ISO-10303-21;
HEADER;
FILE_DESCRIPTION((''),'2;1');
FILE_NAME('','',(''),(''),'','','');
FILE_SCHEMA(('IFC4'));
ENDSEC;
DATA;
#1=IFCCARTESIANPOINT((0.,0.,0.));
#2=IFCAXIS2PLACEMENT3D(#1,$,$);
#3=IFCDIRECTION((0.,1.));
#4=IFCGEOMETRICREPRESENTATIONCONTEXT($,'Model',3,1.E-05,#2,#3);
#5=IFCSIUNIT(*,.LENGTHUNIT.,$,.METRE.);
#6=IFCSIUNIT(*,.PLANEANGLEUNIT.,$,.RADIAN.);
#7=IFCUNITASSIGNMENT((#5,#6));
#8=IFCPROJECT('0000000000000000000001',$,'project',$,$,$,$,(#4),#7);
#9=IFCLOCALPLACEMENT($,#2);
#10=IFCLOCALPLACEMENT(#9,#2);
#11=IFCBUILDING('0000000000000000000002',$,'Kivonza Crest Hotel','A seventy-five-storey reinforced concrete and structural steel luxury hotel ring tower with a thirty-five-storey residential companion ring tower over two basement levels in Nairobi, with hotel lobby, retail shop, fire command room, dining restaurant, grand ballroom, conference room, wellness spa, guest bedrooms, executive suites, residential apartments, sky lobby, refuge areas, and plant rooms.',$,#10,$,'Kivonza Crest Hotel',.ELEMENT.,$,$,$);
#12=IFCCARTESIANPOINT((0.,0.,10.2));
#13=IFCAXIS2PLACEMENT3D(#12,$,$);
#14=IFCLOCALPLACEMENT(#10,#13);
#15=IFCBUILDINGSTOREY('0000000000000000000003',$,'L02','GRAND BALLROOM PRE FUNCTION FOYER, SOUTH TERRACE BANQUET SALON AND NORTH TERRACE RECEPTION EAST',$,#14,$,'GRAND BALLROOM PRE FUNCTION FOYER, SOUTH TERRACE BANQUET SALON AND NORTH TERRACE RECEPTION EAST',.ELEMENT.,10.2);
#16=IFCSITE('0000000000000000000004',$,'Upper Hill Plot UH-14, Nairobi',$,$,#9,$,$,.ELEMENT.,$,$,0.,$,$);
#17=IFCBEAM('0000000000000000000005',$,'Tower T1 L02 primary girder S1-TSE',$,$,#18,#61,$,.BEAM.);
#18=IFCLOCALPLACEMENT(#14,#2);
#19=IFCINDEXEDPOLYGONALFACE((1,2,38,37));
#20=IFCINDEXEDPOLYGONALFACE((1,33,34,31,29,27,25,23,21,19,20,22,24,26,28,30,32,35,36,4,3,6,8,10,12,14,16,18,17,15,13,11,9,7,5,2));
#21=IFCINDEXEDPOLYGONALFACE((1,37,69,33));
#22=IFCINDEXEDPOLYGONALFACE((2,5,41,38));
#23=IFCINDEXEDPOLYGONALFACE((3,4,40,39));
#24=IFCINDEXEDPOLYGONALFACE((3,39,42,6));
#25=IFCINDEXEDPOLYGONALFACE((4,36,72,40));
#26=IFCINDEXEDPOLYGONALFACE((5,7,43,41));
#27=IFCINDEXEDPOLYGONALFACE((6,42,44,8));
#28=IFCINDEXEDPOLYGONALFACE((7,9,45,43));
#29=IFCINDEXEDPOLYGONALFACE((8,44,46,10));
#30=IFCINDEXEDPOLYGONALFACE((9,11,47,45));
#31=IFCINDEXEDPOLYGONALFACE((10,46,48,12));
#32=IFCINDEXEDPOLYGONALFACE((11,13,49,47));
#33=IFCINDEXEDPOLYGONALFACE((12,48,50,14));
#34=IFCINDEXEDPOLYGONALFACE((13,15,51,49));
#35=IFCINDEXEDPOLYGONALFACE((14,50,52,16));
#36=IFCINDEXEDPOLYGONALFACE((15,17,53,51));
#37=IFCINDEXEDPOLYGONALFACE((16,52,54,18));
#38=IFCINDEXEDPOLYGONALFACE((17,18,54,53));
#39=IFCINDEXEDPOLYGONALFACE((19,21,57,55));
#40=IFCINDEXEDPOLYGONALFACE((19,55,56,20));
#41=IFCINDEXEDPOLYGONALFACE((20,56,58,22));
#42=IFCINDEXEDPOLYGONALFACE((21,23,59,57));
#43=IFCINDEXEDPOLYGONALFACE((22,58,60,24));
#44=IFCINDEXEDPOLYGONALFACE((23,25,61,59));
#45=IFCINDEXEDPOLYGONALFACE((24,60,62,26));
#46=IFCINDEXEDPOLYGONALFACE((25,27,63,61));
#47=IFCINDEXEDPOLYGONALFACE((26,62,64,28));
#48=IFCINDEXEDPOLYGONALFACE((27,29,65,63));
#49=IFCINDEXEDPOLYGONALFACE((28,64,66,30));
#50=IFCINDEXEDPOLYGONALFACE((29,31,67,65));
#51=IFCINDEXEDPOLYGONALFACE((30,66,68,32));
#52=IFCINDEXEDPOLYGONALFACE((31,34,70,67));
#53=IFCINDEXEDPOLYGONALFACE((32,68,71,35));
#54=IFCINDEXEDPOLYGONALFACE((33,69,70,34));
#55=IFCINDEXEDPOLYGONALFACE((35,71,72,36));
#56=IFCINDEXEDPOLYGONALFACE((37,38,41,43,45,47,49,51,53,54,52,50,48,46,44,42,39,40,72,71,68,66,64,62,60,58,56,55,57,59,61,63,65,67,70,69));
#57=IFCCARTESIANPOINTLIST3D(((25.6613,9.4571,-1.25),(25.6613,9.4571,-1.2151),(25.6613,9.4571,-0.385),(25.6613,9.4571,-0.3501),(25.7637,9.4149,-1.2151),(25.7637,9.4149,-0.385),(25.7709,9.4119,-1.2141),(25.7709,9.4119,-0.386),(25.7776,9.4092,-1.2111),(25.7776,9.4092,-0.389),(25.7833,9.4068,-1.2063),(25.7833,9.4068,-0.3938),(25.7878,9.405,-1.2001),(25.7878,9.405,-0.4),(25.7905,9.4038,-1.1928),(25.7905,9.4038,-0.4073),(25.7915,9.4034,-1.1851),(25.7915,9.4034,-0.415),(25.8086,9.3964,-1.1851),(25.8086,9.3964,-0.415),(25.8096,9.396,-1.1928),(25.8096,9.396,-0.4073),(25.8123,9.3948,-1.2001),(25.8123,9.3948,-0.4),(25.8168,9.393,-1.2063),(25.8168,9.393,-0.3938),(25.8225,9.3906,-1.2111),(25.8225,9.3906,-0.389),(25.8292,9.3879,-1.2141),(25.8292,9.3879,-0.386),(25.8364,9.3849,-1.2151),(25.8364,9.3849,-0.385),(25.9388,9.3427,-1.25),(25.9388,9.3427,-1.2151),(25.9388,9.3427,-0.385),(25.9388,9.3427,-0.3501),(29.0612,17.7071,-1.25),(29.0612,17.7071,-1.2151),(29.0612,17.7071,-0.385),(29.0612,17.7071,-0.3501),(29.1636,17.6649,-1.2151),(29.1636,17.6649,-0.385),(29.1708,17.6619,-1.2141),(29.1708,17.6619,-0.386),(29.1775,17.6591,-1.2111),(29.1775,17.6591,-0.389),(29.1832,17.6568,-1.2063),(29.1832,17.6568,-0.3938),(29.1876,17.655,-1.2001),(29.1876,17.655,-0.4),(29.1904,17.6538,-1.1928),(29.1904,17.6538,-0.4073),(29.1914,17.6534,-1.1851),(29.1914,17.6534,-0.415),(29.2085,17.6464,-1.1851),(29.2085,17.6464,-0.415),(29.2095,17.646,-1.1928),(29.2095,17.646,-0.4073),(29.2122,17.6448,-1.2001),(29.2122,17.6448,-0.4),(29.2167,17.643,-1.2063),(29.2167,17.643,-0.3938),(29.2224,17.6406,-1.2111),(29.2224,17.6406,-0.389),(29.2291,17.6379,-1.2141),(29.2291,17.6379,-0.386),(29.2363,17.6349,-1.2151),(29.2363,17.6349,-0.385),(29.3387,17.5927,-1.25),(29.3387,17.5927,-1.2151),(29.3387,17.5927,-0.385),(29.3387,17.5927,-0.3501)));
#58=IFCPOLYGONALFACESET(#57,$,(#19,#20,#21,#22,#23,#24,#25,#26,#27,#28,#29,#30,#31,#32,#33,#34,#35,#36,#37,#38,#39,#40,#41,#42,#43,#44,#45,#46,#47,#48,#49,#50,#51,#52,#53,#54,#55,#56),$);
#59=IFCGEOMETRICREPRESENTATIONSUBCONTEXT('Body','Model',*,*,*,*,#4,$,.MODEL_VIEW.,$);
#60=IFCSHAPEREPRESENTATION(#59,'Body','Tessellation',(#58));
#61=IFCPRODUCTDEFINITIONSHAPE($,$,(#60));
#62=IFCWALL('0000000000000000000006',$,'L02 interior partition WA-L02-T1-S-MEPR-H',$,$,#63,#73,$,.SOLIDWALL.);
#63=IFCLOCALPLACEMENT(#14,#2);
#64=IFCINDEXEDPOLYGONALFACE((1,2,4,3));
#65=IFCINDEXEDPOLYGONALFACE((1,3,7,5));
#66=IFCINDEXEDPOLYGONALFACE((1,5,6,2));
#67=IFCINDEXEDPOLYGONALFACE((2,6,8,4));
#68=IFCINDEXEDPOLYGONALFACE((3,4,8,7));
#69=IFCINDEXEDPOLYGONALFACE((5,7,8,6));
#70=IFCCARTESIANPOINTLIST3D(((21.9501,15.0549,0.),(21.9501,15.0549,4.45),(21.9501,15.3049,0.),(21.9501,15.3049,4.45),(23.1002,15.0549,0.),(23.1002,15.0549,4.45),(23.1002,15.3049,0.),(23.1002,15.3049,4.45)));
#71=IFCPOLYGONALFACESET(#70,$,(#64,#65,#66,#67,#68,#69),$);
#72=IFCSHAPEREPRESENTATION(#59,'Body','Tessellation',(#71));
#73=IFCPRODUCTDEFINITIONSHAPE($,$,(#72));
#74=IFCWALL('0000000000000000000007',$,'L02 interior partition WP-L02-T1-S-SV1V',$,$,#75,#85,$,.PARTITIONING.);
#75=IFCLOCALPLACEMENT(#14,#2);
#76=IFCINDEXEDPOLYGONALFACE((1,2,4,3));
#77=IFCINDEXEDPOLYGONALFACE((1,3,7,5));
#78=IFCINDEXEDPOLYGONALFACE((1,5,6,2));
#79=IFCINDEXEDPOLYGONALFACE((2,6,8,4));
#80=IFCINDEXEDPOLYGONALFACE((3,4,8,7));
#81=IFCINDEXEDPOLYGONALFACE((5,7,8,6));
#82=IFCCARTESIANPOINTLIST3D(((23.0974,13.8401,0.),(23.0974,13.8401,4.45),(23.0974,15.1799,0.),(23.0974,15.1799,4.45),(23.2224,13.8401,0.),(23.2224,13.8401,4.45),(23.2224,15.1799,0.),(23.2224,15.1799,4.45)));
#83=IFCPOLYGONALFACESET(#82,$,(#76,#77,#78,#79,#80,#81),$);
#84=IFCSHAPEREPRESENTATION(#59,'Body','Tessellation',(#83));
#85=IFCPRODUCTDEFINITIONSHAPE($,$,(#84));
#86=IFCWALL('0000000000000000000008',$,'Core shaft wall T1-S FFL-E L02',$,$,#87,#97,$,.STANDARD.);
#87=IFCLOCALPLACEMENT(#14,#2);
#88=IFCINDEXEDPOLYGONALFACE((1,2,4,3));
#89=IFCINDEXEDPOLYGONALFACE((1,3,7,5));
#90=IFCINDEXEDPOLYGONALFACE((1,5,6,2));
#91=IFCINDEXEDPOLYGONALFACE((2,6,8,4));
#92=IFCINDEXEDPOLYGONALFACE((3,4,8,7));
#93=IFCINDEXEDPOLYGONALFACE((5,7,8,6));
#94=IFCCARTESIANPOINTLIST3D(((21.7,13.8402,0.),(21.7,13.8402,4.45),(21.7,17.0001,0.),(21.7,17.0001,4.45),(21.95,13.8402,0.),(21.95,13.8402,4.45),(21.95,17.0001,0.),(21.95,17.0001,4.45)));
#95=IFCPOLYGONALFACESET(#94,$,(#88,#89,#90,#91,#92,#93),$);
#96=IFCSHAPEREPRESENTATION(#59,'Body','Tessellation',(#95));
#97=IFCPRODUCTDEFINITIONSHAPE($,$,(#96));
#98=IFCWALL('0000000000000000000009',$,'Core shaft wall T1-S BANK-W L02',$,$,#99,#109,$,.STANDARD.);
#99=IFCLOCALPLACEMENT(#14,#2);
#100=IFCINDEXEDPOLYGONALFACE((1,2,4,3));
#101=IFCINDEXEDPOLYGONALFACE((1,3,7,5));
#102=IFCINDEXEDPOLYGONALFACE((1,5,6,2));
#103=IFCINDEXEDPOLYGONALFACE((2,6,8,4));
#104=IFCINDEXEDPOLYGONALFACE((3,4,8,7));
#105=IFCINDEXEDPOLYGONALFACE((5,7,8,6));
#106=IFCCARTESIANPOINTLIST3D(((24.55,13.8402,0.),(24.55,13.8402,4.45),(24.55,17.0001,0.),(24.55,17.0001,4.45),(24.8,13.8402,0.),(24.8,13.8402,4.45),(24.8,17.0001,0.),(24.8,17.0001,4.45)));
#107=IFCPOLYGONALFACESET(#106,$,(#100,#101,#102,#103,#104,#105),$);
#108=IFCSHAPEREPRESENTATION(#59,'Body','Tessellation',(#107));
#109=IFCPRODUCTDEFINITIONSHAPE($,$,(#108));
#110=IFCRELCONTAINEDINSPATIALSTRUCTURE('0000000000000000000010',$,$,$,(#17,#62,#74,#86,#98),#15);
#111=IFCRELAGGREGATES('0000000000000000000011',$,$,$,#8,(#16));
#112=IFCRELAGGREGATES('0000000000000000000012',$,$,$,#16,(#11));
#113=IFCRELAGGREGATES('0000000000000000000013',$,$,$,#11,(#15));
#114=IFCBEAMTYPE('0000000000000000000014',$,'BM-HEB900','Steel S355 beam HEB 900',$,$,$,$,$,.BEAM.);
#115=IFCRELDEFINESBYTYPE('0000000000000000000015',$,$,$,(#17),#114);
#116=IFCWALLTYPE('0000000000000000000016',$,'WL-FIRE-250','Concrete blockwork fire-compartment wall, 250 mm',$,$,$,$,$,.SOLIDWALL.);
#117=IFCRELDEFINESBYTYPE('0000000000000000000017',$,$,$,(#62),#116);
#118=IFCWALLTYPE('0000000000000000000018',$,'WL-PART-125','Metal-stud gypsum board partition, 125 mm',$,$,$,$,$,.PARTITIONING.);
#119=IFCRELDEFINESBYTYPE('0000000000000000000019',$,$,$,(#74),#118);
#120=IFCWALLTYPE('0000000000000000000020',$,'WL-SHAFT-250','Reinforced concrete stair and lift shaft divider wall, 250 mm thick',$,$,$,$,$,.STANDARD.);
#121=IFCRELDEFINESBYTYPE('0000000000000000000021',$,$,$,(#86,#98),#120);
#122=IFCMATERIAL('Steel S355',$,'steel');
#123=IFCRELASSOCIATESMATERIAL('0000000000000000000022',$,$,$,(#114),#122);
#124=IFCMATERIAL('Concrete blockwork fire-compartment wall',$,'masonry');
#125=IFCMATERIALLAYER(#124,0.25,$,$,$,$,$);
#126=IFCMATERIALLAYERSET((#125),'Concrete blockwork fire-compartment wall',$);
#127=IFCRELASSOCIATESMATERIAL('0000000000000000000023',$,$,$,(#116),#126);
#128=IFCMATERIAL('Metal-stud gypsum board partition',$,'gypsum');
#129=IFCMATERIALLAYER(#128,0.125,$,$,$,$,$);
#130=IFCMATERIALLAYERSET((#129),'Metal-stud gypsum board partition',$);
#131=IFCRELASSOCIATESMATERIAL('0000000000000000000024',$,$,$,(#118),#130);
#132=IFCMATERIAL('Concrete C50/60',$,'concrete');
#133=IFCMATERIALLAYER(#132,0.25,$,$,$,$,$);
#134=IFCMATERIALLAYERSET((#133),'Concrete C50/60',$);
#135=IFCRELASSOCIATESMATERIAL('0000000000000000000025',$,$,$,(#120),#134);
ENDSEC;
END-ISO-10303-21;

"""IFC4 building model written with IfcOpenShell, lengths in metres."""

from ifc_helpers import new_model, si_unit, direction, frame, frame_2d, origin, origin_2d, place, context, subcontext, project, spatial, rectangle, i_section, extrude, material, layer, layer_set, material_profile, profile_set, type_object, element, save


model = new_model("IFC4")

# Units and contexts
model_context = context("Model", 3, precision=1e-05, world=origin(), true_north=direction((0.0, 1.0)))
body_context = subcontext(model_context, "Body", "Model", "MODEL_VIEW")
ifc_project = project(units=[si_unit("LENGTHUNIT", "METRE"), si_unit("PLANEANGLEUNIT", "RADIAN")], contexts=[model_context])

# Site, building, storey
site_placement = place(None, origin())
site = spatial("IfcSite", under=ifc_project, at=site_placement, Name="Upper Hill Plot UH-14, Nairobi", CompositionType="ELEMENT", RefElevation=0.0)
building_placement = place(site_placement, origin())
building = spatial("IfcBuilding", under=site, at=building_placement, Name="Kivonza Crest Hotel", Description="A seventy-five-storey reinforced concrete and structural steel luxury hotel ring tower with a thirty-five-storey residential companion ring tower over two basement levels in Nairobi, with hotel lobby, retail shop, fire command room, dining restaurant, grand ballroom, conference room, wellness spa, guest bedrooms, executive suites, residential apartments, sky lobby, refuge areas, and plant rooms.", LongName="Kivonza Crest Hotel", CompositionType="ELEMENT")
storey_placement = place(building_placement, frame((0.0, 0.0, 10.2)))
storey = spatial("IfcBuildingStorey", under=building, at=storey_placement, Name="L02", Description="GRAND BALLROOM PRE FUNCTION FOYER, SOUTH TERRACE BANQUET SALON AND NORTH TERRACE RECEPTION EAST", LongName="GRAND BALLROOM PRE FUNCTION FOYER, SOUTH TERRACE BANQUET SALON AND NORTH TERRACE RECEPTION EAST", CompositionType="ELEMENT", Elevation=10.2)

# Beam
ifc_material_1 = material(Name="Steel S355", Category="steel")
ifc_material_profile_1 = material_profile(ifc_material_1, i_section(OverallWidth=0.3, OverallDepth=0.8999, WebThickness=0.0186, FlangeThickness=0.0349, FilletRadius=0.03, at=origin_2d()), Name="HEB 900")
ifc_profile_set_1 = profile_set([ifc_material_profile_1], Name="Steel S355")
beam_type_1 = type_object("IfcBeamType", Name="BM-HEB900", Description="Steel S355 beam HEB 900", PredefinedType="BEAM", material=ifc_profile_set_1)
beam_1_placement = place(storey_placement, frame((25.8, 9.3999, -0.8), z_axis=(0.381022, 0.924566, 0.0), x_axis=(-0.924566, 0.381022, 0.0)))
element("IfcBeam", 1, at=beam_1_placement, inside=storey, type_object=beam_type_1, Name="Tower T1 L02 primary girder S1-TSE", PredefinedType="BEAM", context=body_context, shape_type="SweptSolid", body=[
    extrude(i_section(OverallWidth=0.3, OverallDepth=0.8999, WebThickness=0.0186, FlangeThickness=0.0349, FilletRadius=0.03, at=origin_2d()), origin(), (0.0, 0.0, 1.0), 8.9231),
])

# Walls
ifc_material_2 = material(Name="Concrete blockwork fire-compartment wall", Category="masonry")
ifc_layer_1 = layer(ifc_material_2, 0.25)
ifc_layer_set_1 = layer_set([ifc_layer_1], Name="Concrete blockwork fire-compartment wall")
wall_type_1 = type_object("IfcWallType", Name="WL-FIRE-250", Description="Concrete blockwork fire-compartment wall, 250 mm", PredefinedType="SOLIDWALL", material=ifc_layer_set_1)
wall_1_placement = place(storey_placement, frame((21.95, 15.1799, 0.0), z_axis=(0.0, 0.0, 1.0), x_axis=(1.0, 0.0, 0.0)))
element("IfcWall", 2, at=wall_1_placement, inside=storey, type_object=wall_type_1, Name="L02 interior partition WA-L02-T1-S-MEPR-H", PredefinedType="SOLIDWALL", context=body_context, shape_type="SweptSolid", body=[
    extrude(rectangle(XDim=1.1501, YDim=0.25, at=frame_2d((0.5752, 0.0))), origin(), (0.0, 0.0, 1.0), 4.45),
])
ifc_material_3 = material(Name="Metal-stud gypsum board partition", Category="gypsum")
ifc_layer_2 = layer(ifc_material_3, 0.125)
ifc_layer_set_2 = layer_set([ifc_layer_2], Name="Metal-stud gypsum board partition")
wall_type_2 = type_object("IfcWallType", Name="WL-PART-125", Description="Metal-stud gypsum board partition, 125 mm", PredefinedType="PARTITIONING", material=ifc_layer_set_2)
wall_2_placement = place(storey_placement, frame((23.1599, 13.8401, 0.0), z_axis=(0.0, 0.0, 1.0), x_axis=(0.0, 1.0, 0.0)))
element("IfcWall", 3, at=wall_2_placement, inside=storey, type_object=wall_type_2, Name="L02 interior partition WP-L02-T1-S-SV1V", PredefinedType="PARTITIONING", context=body_context, shape_type="SweptSolid", body=[
    extrude(rectangle(XDim=1.3398, YDim=0.125, at=frame_2d((0.6699, 0.0))), origin(), (0.0, 0.0, 1.0), 4.45),
])

# Shared definitions
ifc_material_4 = material(Name="Concrete C50/60", Category="concrete")
ifc_layer_3 = layer(ifc_material_4, 0.25)
ifc_layer_set_3 = layer_set([ifc_layer_3], Name="Concrete C50/60")
wall_type_3 = type_object("IfcWallType", Name="WL-SHAFT-250", Description="Reinforced concrete stair and lift shaft divider wall, 250 mm thick", PredefinedType="STANDARD", material=ifc_layer_set_3)

# Walls
for number, where, z_axis, x_axis, name in (
    (4, (21.825, 13.8401, 0.0), (0.0, 0.0, 1.0), (0.0, 1.0, 0.0), "Core shaft wall T1-S FFL-E L02"),
    (5, (24.675, 13.8401, 0.0), (0.0, 0.0, 1.0), (0.0, 1.0, 0.0), "Core shaft wall T1-S BANK-W L02"),
):
    element("IfcWall", number, at=place(storey_placement, frame(where, z_axis=z_axis, x_axis=x_axis)), inside=storey, type_object=wall_type_3, Name=name, PredefinedType="STANDARD", context=body_context, shape_type="SweptSolid", body=[
        extrude(rectangle(XDim=3.1599, YDim=0.25, at=frame_2d((1.5801, 0.0))), origin(), (0.0, 0.0, 1.0), 4.45),
    ])

save(model, "model.ifc")
